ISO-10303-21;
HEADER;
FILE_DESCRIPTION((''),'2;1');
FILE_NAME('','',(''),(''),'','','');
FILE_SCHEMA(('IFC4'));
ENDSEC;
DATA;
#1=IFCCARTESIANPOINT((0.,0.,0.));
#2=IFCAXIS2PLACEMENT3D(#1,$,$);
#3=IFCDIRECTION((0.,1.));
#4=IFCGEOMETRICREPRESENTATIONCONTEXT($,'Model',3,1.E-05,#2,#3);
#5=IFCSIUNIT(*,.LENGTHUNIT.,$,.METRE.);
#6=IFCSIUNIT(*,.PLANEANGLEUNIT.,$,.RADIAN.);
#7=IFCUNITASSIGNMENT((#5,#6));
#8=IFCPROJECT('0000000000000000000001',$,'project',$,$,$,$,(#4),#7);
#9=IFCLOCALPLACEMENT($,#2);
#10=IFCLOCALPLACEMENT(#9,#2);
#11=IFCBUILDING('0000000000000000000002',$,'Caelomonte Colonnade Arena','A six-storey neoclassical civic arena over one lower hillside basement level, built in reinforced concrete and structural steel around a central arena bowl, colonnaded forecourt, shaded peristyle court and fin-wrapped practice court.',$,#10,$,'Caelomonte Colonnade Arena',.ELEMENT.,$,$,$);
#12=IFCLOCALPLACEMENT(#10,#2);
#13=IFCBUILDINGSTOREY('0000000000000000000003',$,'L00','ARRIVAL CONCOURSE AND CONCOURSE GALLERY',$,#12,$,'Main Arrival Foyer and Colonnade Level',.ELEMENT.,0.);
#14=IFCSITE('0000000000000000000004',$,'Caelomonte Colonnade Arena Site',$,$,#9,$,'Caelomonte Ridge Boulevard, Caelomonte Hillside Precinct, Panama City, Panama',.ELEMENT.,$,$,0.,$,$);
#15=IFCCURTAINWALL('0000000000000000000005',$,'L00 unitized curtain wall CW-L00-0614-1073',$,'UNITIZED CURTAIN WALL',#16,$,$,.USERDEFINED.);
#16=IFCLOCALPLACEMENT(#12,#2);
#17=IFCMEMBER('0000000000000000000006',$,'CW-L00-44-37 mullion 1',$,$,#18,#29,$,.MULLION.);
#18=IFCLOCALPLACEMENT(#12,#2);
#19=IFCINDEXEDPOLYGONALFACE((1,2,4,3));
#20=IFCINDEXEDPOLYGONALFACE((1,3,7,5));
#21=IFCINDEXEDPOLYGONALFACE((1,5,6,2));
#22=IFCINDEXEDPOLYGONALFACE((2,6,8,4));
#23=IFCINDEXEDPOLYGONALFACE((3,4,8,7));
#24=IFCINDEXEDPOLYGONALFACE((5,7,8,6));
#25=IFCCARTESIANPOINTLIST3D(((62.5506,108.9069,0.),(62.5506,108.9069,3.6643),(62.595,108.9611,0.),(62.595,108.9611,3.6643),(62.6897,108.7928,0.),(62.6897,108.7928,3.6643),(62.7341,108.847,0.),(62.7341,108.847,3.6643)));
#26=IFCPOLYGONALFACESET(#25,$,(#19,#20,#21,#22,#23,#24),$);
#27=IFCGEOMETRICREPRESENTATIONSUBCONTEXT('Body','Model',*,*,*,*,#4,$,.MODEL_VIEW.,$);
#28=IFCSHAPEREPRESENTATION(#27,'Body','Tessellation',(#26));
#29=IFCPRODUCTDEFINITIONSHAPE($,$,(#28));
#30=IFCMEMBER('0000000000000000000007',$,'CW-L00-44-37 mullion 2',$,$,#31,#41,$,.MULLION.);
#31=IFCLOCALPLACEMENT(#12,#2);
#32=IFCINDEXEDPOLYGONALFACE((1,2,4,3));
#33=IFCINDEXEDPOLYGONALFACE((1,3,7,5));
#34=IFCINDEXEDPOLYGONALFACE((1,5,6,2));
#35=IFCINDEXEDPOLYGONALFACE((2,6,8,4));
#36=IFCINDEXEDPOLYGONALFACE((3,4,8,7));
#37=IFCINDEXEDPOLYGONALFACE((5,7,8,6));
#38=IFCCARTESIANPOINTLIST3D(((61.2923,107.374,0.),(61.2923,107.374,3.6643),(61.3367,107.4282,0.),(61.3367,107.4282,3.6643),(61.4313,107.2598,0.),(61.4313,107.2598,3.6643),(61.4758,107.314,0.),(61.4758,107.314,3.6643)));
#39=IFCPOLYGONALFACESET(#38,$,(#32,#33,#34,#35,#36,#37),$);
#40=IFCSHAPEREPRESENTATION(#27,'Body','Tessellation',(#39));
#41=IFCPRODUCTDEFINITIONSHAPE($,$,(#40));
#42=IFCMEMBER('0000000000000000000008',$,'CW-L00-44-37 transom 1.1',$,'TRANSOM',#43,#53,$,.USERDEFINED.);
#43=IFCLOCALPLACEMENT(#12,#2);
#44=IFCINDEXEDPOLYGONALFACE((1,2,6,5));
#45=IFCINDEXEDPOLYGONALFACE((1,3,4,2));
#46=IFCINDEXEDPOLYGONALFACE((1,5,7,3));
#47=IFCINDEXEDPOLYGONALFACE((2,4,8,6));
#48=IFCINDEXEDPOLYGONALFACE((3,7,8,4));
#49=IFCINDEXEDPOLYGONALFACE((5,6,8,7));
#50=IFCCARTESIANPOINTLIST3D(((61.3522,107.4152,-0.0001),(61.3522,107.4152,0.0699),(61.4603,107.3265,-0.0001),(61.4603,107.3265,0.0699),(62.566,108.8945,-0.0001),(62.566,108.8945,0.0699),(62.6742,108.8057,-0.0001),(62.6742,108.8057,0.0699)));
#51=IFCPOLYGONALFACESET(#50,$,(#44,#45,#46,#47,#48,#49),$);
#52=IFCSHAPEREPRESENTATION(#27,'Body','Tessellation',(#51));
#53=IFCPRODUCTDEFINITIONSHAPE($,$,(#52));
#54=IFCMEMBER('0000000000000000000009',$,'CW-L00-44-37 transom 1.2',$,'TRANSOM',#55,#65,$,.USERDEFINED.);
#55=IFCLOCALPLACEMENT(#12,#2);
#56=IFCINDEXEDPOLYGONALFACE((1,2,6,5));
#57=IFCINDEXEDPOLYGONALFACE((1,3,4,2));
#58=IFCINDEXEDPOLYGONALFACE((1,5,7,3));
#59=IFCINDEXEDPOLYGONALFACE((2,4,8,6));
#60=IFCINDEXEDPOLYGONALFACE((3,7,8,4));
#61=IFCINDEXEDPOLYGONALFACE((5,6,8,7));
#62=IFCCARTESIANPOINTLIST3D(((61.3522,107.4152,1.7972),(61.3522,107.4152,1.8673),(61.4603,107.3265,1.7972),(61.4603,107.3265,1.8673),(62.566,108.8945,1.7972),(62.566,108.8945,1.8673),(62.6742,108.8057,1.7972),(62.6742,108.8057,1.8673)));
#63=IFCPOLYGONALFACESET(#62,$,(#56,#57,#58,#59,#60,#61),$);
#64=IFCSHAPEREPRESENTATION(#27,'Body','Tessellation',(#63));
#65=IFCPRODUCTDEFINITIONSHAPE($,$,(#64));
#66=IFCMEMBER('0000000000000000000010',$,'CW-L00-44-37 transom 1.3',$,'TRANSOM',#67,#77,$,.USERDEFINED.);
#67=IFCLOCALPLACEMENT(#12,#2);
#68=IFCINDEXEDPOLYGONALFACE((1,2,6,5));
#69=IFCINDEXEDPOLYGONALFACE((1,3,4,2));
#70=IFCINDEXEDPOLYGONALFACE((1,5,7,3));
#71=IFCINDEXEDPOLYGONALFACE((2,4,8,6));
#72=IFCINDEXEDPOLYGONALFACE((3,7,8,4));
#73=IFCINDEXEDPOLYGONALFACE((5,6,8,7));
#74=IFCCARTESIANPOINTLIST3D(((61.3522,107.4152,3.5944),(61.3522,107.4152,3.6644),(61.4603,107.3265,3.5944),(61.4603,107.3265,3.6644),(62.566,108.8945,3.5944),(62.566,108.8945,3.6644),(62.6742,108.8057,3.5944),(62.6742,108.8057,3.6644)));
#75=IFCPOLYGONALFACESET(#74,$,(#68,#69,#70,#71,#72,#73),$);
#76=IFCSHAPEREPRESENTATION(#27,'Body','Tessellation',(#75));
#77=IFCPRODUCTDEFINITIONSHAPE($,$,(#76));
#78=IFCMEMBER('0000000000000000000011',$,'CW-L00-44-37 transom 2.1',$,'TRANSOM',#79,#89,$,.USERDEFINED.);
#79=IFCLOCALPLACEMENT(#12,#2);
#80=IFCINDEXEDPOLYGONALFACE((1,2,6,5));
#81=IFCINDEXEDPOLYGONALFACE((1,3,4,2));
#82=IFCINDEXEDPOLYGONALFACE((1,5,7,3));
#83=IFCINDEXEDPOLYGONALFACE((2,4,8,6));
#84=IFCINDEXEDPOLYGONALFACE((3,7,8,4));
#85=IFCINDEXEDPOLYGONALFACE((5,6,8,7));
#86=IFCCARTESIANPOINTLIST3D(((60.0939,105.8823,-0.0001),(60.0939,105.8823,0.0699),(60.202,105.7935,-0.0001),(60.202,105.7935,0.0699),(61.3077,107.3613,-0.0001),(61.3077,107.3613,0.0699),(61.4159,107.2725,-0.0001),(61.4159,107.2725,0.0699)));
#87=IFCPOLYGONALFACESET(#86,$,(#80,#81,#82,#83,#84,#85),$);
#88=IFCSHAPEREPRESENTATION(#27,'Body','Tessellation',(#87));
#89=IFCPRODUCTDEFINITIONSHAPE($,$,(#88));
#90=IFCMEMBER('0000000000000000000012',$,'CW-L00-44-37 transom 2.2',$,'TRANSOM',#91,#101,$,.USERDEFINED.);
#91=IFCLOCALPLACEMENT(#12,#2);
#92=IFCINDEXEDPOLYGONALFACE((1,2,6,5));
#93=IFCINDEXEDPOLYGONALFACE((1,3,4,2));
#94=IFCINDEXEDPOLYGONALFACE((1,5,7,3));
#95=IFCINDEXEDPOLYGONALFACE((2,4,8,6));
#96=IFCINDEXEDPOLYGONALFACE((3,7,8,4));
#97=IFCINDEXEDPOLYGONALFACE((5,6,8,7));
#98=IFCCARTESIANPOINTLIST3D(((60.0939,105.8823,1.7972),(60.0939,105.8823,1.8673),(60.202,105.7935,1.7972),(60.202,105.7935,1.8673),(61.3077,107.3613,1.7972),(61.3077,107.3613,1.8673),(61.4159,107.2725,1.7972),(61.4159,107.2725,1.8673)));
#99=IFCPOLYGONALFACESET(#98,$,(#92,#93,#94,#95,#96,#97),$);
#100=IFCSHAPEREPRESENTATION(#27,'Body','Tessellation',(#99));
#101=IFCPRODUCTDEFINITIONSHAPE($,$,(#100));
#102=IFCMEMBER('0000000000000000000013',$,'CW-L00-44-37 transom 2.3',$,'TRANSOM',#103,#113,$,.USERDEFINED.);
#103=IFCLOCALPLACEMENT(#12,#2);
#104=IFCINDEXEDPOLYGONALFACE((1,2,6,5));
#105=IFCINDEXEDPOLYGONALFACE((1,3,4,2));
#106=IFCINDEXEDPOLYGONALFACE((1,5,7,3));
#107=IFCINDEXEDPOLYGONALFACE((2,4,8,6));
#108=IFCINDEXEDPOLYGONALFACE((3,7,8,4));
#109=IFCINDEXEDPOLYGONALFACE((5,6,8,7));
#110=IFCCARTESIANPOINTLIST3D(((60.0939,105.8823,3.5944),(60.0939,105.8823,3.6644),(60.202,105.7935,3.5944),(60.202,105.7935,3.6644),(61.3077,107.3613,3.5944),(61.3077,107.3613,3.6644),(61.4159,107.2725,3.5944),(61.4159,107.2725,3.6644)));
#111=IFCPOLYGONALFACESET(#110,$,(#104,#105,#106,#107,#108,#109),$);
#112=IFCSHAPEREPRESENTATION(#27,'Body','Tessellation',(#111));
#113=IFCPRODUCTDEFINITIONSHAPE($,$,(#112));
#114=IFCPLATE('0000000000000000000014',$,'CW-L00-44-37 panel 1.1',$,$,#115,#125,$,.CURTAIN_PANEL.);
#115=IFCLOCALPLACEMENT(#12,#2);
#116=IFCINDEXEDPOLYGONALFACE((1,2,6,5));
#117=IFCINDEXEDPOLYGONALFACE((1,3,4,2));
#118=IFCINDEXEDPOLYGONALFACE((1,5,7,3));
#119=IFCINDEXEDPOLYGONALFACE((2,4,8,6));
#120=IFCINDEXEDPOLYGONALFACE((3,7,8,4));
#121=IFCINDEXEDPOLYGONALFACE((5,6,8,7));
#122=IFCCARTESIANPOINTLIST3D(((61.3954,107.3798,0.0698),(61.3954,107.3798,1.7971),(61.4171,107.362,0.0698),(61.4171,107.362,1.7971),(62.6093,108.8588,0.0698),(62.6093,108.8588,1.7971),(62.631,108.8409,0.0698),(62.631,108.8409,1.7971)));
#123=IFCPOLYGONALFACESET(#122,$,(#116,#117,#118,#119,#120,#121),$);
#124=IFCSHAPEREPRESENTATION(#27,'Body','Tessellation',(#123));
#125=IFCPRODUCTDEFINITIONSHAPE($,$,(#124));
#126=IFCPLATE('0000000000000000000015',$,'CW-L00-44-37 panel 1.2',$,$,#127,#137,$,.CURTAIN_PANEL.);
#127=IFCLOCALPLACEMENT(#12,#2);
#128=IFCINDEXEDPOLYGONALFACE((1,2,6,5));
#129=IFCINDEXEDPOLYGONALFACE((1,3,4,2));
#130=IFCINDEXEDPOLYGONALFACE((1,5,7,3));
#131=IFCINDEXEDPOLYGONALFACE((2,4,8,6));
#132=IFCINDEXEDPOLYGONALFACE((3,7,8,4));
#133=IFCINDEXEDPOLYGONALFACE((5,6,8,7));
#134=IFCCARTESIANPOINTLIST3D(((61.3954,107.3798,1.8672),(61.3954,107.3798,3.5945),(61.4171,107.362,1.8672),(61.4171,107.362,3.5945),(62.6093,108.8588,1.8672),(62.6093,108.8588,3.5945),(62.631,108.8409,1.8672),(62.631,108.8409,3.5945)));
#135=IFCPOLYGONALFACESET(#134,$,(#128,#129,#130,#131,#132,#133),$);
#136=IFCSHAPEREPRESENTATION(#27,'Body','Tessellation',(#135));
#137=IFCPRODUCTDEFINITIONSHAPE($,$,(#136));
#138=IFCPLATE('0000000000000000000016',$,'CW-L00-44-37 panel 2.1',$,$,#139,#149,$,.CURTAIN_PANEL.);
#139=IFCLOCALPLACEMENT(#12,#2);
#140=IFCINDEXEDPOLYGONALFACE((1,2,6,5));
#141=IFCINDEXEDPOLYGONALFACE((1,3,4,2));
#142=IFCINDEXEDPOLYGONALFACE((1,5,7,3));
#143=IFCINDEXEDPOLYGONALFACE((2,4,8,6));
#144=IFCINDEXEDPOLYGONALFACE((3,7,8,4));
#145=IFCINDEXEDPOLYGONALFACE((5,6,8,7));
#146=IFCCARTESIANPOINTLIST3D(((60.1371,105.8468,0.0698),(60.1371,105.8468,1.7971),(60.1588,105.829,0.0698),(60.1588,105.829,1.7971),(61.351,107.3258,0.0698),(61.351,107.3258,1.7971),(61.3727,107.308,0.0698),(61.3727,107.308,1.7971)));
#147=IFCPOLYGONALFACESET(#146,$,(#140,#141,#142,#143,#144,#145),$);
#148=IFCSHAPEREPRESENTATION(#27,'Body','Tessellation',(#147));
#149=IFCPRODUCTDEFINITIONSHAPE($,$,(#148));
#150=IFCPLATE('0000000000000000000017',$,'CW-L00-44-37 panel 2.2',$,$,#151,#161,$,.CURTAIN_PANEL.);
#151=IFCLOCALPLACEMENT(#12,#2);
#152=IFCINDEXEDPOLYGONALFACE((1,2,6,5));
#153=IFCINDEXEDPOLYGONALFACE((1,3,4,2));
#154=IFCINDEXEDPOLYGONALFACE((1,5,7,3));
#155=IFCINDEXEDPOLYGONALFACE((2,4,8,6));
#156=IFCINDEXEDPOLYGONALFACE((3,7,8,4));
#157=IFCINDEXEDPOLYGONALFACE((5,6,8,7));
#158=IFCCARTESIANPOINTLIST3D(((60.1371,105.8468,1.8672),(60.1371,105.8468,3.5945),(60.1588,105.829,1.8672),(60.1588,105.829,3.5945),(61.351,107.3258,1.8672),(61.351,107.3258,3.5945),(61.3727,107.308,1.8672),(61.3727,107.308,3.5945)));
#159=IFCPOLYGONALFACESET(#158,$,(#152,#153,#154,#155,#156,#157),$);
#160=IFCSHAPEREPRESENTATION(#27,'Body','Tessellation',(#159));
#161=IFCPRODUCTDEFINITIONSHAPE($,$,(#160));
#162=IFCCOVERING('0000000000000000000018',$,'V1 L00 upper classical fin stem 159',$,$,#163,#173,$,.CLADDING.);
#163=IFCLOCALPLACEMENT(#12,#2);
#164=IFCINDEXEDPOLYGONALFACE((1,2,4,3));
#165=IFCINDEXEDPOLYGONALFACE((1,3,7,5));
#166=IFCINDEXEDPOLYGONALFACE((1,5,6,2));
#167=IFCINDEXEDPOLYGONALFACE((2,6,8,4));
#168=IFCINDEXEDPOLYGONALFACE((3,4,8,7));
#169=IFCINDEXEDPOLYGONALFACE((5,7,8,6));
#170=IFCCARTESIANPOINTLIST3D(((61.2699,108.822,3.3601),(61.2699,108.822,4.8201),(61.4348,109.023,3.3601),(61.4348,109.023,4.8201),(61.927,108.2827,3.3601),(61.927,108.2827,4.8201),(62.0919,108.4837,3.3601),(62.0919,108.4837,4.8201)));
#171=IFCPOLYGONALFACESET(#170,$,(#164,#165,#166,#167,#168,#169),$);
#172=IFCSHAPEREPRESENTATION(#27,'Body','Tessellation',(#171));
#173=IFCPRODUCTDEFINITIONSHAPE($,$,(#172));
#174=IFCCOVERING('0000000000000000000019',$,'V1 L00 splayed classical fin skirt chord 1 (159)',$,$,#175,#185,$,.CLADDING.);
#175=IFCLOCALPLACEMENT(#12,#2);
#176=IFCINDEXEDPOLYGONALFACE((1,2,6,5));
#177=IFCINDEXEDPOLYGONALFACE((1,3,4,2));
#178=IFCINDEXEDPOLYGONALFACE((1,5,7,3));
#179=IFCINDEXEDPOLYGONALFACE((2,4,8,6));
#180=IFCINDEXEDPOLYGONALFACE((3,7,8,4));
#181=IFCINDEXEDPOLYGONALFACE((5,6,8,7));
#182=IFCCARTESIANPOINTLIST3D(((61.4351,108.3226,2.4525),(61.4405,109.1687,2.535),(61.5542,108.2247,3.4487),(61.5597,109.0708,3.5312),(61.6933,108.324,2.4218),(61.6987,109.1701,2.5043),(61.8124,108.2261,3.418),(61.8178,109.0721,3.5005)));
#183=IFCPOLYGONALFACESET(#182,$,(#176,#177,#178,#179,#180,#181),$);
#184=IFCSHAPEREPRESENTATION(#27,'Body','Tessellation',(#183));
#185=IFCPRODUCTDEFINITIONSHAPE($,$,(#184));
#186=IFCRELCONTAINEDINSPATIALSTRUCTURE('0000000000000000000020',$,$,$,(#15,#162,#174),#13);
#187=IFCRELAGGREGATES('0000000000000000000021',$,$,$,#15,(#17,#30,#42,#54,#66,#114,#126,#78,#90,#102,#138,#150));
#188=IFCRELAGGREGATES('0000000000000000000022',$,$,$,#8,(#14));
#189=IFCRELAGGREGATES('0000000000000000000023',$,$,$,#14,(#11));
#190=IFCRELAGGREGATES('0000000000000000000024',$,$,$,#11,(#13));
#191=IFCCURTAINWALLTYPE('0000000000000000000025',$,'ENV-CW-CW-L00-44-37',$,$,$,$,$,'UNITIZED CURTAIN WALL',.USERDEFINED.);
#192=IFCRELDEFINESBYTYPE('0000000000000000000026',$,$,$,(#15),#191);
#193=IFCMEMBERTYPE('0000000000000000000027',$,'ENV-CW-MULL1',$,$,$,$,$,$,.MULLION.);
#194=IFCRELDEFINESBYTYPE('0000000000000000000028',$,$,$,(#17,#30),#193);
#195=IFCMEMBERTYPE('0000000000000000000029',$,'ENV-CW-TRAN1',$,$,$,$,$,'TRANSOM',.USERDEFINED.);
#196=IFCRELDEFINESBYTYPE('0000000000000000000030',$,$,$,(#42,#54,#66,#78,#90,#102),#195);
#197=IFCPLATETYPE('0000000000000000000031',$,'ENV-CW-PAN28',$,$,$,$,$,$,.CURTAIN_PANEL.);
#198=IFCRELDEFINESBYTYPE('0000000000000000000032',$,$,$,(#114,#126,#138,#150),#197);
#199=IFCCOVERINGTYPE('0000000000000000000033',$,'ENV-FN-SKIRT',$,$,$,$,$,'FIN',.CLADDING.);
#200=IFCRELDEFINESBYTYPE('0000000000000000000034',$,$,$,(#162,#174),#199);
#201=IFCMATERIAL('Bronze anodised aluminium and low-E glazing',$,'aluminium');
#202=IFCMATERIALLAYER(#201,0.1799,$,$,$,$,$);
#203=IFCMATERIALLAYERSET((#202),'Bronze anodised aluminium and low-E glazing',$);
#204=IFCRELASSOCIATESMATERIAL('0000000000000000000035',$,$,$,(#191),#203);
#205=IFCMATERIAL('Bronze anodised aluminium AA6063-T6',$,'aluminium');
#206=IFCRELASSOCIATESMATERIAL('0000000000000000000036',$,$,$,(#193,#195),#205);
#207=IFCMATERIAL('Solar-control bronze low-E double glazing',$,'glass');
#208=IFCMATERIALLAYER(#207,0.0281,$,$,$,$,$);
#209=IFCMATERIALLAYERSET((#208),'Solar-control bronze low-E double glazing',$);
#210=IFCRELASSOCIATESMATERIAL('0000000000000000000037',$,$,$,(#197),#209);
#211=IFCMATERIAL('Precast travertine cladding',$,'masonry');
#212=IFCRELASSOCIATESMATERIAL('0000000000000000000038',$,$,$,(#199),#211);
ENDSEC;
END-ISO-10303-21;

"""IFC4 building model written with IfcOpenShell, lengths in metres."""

from ifc_helpers import new_model, si_unit, direction, frame, origin, origin_2d, place, context, subcontext, project, spatial, rectangle, extrude, material, layer, layer_set, material_profile, profile_set, type_object, element, aggregate, save


model = new_model("IFC4")

# Units and contexts
model_context = context("Model", 3, precision=1e-05, world=origin(), true_north=direction((0.0, 1.0)))
body_context = subcontext(model_context, "Body", "Model", "MODEL_VIEW")
ifc_project = project(units=[si_unit("LENGTHUNIT", "METRE"), si_unit("PLANEANGLEUNIT", "RADIAN")], contexts=[model_context])

# Site, building, storey
site_placement = place(None, origin())
site = spatial("IfcSite", under=ifc_project, at=site_placement, Name="Caelomonte Colonnade Arena Site", LongName="Caelomonte Ridge Boulevard, Caelomonte Hillside Precinct, Panama City, Panama", CompositionType="ELEMENT", RefElevation=0.0)
building_placement = place(site_placement, origin())
building = spatial("IfcBuilding", under=site, at=building_placement, Name="Caelomonte Colonnade Arena", Description="A six-storey neoclassical civic arena over one lower hillside basement level, built in reinforced concrete and structural steel around a central arena bowl, colonnaded forecourt, shaded peristyle court and fin-wrapped practice court.", LongName="Caelomonte Colonnade Arena", CompositionType="ELEMENT")
storey_placement = place(building_placement, origin())
storey = spatial("IfcBuildingStorey", under=building, at=storey_placement, Name="L00", Description="ARRIVAL CONCOURSE AND CONCOURSE GALLERY", LongName="Main Arrival Foyer and Colonnade Level", CompositionType="ELEMENT", Elevation=0.0)

# Curtain wall, members, plates
ifc_material_1 = material(Name="Bronze anodised aluminium and low-E glazing", Category="aluminium")
ifc_layer_1 = layer(ifc_material_1, 0.1799)
ifc_layer_set_1 = layer_set([ifc_layer_1], Name="Bronze anodised aluminium and low-E glazing")
curtain_wall_type = type_object("IfcCurtainWallType", Name="ENV-CW-CW-L00-44-37", ElementType="UNITIZED CURTAIN WALL", PredefinedType="USERDEFINED", material=ifc_layer_set_1)
curtain_wall_placement = place(storey_placement, origin())
curtain_wall = element("IfcCurtainWall", 1, at=curtain_wall_placement, inside=storey, type_object=curtain_wall_type, Name="L00 unitized curtain wall CW-L00-0614-1073", ObjectType="UNITIZED CURTAIN WALL", PredefinedType="USERDEFINED")
ifc_material_2 = material(Name="Bronze anodised aluminium AA6063-T6", Category="aluminium")
ifc_material_profile_1 = material_profile(ifc_material_2, rectangle(XDim=0.0701, YDim=0.1799, at=origin_2d()), Name="CWM-70X180")
ifc_profile_set_1 = profile_set([ifc_material_profile_1], Name="Bronze anodised aluminium AA6063-T6")
member_type_1 = type_object("IfcMemberType", Name="ENV-CW-MULL1", PredefinedType="MULLION", material=ifc_profile_set_1)
member_1_placement = place(storey_placement, frame((62.6423, 108.877, 0.0), z_axis=(0.0, 0.0, 1.0), x_axis=(-0.634416, -0.772992, 0.0)))
member_1 = element("IfcMember", 2, at=member_1_placement, type_object=member_type_1, Name="CW-L00-44-37 mullion 1", PredefinedType="MULLION", context=body_context, shape_type="SweptSolid", body=[
    extrude(rectangle(XDim=0.0701, YDim=0.1799, at=origin_2d()), origin(), (0.0, 0.0, 1.0), 3.6643),
])
member_2_placement = place(storey_placement, frame((61.384, 107.344, 0.0), z_axis=(0.0, 0.0, 1.0), x_axis=(-0.634416, -0.772992, 0.0)))
member_2 = element("IfcMember", 3, at=member_2_placement, type_object=member_type_1, Name="CW-L00-44-37 mullion 2", PredefinedType="MULLION", context=body_context, shape_type="SweptSolid", body=[
    extrude(rectangle(XDim=0.0701, YDim=0.1799, at=origin_2d()), origin(), (0.0, 0.0, 1.0), 3.6643),
])
ifc_material_profile_2 = material_profile(ifc_material_2, rectangle(XDim=0.0701, YDim=0.1399, at=origin_2d()), Name="CWT-70X140")
ifc_profile_set_2 = profile_set([ifc_material_profile_2], Name="Bronze anodised aluminium AA6063-T6")
member_type_2 = type_object("IfcMemberType", Name="ENV-CW-TRAN1", ElementType="TRANSOM", PredefinedType="USERDEFINED", material=ifc_profile_set_2)
member_3_placement = place(storey_placement, frame((62.6201, 108.8501, 0.0349), z_axis=(-0.634356, -0.773041, 0.0), x_axis=(0.0, 0.0, 1.0)))
member_3 = element("IfcMember", 4, at=member_3_placement, type_object=member_type_2, Name="CW-L00-44-37 transom 1.1", ObjectType="TRANSOM", PredefinedType="USERDEFINED", context=body_context, shape_type="SweptSolid", body=[
    extrude(rectangle(XDim=0.0701, YDim=0.1399, at=origin_2d()), origin(), (0.0, 0.0, 1.0), 1.9136),
])
member_4_placement = place(storey_placement, frame((62.6201, 108.8501, 1.8323), z_axis=(-0.634356, -0.773041, 0.0), x_axis=(0.0, 0.0, 1.0)))
member_4 = element("IfcMember", 5, at=member_4_placement, type_object=member_type_2, Name="CW-L00-44-37 transom 1.2", ObjectType="TRANSOM", PredefinedType="USERDEFINED", context=body_context, shape_type="SweptSolid", body=[
    extrude(rectangle(XDim=0.0701, YDim=0.1399, at=origin_2d()), origin(), (0.0, 0.0, 1.0), 1.9136),
])
member_5_placement = place(storey_placement, frame((62.6201, 108.8501, 3.6294), z_axis=(-0.634356, -0.773041, 0.0), x_axis=(0.0, 0.0, 1.0)))
member_5 = element("IfcMember", 6, at=member_5_placement, type_object=member_type_2, Name="CW-L00-44-37 transom 1.3", ObjectType="TRANSOM", PredefinedType="USERDEFINED", context=body_context, shape_type="SweptSolid", body=[
    extrude(rectangle(XDim=0.0701, YDim=0.1399, at=origin_2d()), origin(), (0.0, 0.0, 1.0), 1.9136),
])
member_6_placement = place(storey_placement, frame((61.3618, 107.3169, 0.0349), z_axis=(-0.634418, -0.77299, 0.0), x_axis=(0.0, 0.0, 1.0)))
member_6 = element("IfcMember", 7, at=member_6_placement, type_object=member_type_2, Name="CW-L00-44-37 transom 2.1", ObjectType="TRANSOM", PredefinedType="USERDEFINED", context=body_context, shape_type="SweptSolid", body=[
    extrude(rectangle(XDim=0.0701, YDim=0.1399, at=origin_2d()), origin(), (0.0, 0.0, 1.0), 1.9133),
])
member_7_placement = place(storey_placement, frame((61.3618, 107.3169, 1.8323), z_axis=(-0.634418, -0.77299, 0.0), x_axis=(0.0, 0.0, 1.0)))
member_7 = element("IfcMember", 8, at=member_7_placement, type_object=member_type_2, Name="CW-L00-44-37 transom 2.2", ObjectType="TRANSOM", PredefinedType="USERDEFINED", context=body_context, shape_type="SweptSolid", body=[
    extrude(rectangle(XDim=0.0701, YDim=0.1399, at=origin_2d()), origin(), (0.0, 0.0, 1.0), 1.9133),
])
member_8_placement = place(storey_placement, frame((61.3618, 107.3169, 3.6294), z_axis=(-0.634418, -0.77299, 0.0), x_axis=(0.0, 0.0, 1.0)))
member_8 = element("IfcMember", 9, at=member_8_placement, type_object=member_type_2, Name="CW-L00-44-37 transom 2.3", ObjectType="TRANSOM", PredefinedType="USERDEFINED", context=body_context, shape_type="SweptSolid", body=[
    extrude(rectangle(XDim=0.0701, YDim=0.1399, at=origin_2d()), origin(), (0.0, 0.0, 1.0), 1.9133),
])
ifc_material_3 = material(Name="Solar-control bronze low-E double glazing", Category="glass")
ifc_layer_2 = layer(ifc_material_3, 0.0281)
ifc_layer_set_2 = layer_set([ifc_layer_2], Name="Solar-control bronze low-E double glazing")
plate_type = type_object("IfcPlateType", Name="ENV-CW-PAN28", PredefinedType="CURTAIN_PANEL", material=ifc_layer_set_2)
plate_1_placement = place(storey_placement, frame((62.0132, 108.1104, 0.0698), z_axis=(0.0, 0.0, 1.0), x_axis=(-0.634416, -0.772992, 0.0)))
plate_1 = element("IfcPlate", 10, at=plate_1_placement, type_object=plate_type, Name="CW-L00-44-37 panel 1.1", PredefinedType="CURTAIN_PANEL", context=body_context, shape_type="SweptSolid", body=[
    extrude(rectangle(XDim=1.9133, YDim=0.0281, at=origin_2d()), origin(), (0.0, 0.0, 1.0), 1.7273),
])
plate_2_placement = place(storey_placement, frame((62.0132, 108.1104, 1.8672), z_axis=(0.0, 0.0, 1.0), x_axis=(-0.634416, -0.772992, 0.0)))
plate_2 = element("IfcPlate", 11, at=plate_2_placement, type_object=plate_type, Name="CW-L00-44-37 panel 1.2", PredefinedType="CURTAIN_PANEL", context=body_context, shape_type="SweptSolid", body=[
    extrude(rectangle(XDim=1.9133, YDim=0.0281, at=origin_2d()), origin(), (0.0, 0.0, 1.0), 1.7273),
])
plate_3_placement = place(storey_placement, frame((60.7549, 106.5774, 0.0698), z_axis=(0.0, 0.0, 1.0), x_axis=(-0.634416, -0.772992, 0.0)))
plate_3 = element("IfcPlate", 12, at=plate_3_placement, type_object=plate_type, Name="CW-L00-44-37 panel 2.1", PredefinedType="CURTAIN_PANEL", context=body_context, shape_type="SweptSolid", body=[
    extrude(rectangle(XDim=1.9133, YDim=0.0281, at=origin_2d()), origin(), (0.0, 0.0, 1.0), 1.7273),
])
plate_4_placement = place(storey_placement, frame((60.7549, 106.5774, 1.8672), z_axis=(0.0, 0.0, 1.0), x_axis=(-0.634416, -0.772992, 0.0)))
plate_4 = element("IfcPlate", 13, at=plate_4_placement, type_object=plate_type, Name="CW-L00-44-37 panel 2.2", PredefinedType="CURTAIN_PANEL", context=body_context, shape_type="SweptSolid", body=[
    extrude(rectangle(XDim=1.9133, YDim=0.0281, at=origin_2d()), origin(), (0.0, 0.0, 1.0), 1.7273),
])
aggregate(curtain_wall, [member_1, member_2, member_3, member_4, member_5, plate_1, plate_2, member_6, member_7, member_8, plate_3, plate_4])

# Coverings
ifc_material_4 = material(Name="Precast travertine cladding", Category="masonry")
ifc_material_profile_3 = material_profile(ifc_material_4, rectangle(XDim=0.26, YDim=0.8501, at=origin_2d()), Name="FIN260X850")
ifc_profile_set_3 = profile_set([ifc_material_profile_3], Name="Precast travertine cladding")
covering_type = type_object("IfcCoveringType", Name="ENV-FN-SKIRT", ElementType="FIN", PredefinedType="CLADDING", material=ifc_profile_set_3)
covering_1_placement = place(storey_placement, frame((61.6809, 108.6528, 3.3601), z_axis=(0.0, 0.0, 1.0), x_axis=(0.634414, 0.772994, 0.0)))
element("IfcCovering", 14, at=covering_1_placement, inside=storey, type_object=covering_type, Name="V1 L00 upper classical fin stem 159", PredefinedType="CLADDING", context=body_context, shape_type="SweptSolid", body=[
    extrude(rectangle(XDim=0.26, YDim=0.8501, at=origin_2d()), origin(), (0.0, 0.0, 1.0), 1.46),
])
for number, where, z_axis, x_axis, name in (
    (15, (61.686, 108.6484, 3.4746), (-0.1182, 0.097127, -0.988228), (-0.992969, -0.005181, 0.118258), "V1 L00 splayed classical fin skirt chord 1 (159)"),
):
    element("IfcCovering", number, at=place(storey_placement, frame(where, z_axis=z_axis, x_axis=x_axis)), inside=storey, type_object=covering_type, Name=name, PredefinedType="CLADDING", context=body_context, shape_type="SweptSolid", body=[
        extrude(rectangle(XDim=0.26, YDim=0.8501, at=origin_2d()), origin(), (0.0, 0.0, 1.0), 1.0081),
    ])

save(model, "model.ifc")
